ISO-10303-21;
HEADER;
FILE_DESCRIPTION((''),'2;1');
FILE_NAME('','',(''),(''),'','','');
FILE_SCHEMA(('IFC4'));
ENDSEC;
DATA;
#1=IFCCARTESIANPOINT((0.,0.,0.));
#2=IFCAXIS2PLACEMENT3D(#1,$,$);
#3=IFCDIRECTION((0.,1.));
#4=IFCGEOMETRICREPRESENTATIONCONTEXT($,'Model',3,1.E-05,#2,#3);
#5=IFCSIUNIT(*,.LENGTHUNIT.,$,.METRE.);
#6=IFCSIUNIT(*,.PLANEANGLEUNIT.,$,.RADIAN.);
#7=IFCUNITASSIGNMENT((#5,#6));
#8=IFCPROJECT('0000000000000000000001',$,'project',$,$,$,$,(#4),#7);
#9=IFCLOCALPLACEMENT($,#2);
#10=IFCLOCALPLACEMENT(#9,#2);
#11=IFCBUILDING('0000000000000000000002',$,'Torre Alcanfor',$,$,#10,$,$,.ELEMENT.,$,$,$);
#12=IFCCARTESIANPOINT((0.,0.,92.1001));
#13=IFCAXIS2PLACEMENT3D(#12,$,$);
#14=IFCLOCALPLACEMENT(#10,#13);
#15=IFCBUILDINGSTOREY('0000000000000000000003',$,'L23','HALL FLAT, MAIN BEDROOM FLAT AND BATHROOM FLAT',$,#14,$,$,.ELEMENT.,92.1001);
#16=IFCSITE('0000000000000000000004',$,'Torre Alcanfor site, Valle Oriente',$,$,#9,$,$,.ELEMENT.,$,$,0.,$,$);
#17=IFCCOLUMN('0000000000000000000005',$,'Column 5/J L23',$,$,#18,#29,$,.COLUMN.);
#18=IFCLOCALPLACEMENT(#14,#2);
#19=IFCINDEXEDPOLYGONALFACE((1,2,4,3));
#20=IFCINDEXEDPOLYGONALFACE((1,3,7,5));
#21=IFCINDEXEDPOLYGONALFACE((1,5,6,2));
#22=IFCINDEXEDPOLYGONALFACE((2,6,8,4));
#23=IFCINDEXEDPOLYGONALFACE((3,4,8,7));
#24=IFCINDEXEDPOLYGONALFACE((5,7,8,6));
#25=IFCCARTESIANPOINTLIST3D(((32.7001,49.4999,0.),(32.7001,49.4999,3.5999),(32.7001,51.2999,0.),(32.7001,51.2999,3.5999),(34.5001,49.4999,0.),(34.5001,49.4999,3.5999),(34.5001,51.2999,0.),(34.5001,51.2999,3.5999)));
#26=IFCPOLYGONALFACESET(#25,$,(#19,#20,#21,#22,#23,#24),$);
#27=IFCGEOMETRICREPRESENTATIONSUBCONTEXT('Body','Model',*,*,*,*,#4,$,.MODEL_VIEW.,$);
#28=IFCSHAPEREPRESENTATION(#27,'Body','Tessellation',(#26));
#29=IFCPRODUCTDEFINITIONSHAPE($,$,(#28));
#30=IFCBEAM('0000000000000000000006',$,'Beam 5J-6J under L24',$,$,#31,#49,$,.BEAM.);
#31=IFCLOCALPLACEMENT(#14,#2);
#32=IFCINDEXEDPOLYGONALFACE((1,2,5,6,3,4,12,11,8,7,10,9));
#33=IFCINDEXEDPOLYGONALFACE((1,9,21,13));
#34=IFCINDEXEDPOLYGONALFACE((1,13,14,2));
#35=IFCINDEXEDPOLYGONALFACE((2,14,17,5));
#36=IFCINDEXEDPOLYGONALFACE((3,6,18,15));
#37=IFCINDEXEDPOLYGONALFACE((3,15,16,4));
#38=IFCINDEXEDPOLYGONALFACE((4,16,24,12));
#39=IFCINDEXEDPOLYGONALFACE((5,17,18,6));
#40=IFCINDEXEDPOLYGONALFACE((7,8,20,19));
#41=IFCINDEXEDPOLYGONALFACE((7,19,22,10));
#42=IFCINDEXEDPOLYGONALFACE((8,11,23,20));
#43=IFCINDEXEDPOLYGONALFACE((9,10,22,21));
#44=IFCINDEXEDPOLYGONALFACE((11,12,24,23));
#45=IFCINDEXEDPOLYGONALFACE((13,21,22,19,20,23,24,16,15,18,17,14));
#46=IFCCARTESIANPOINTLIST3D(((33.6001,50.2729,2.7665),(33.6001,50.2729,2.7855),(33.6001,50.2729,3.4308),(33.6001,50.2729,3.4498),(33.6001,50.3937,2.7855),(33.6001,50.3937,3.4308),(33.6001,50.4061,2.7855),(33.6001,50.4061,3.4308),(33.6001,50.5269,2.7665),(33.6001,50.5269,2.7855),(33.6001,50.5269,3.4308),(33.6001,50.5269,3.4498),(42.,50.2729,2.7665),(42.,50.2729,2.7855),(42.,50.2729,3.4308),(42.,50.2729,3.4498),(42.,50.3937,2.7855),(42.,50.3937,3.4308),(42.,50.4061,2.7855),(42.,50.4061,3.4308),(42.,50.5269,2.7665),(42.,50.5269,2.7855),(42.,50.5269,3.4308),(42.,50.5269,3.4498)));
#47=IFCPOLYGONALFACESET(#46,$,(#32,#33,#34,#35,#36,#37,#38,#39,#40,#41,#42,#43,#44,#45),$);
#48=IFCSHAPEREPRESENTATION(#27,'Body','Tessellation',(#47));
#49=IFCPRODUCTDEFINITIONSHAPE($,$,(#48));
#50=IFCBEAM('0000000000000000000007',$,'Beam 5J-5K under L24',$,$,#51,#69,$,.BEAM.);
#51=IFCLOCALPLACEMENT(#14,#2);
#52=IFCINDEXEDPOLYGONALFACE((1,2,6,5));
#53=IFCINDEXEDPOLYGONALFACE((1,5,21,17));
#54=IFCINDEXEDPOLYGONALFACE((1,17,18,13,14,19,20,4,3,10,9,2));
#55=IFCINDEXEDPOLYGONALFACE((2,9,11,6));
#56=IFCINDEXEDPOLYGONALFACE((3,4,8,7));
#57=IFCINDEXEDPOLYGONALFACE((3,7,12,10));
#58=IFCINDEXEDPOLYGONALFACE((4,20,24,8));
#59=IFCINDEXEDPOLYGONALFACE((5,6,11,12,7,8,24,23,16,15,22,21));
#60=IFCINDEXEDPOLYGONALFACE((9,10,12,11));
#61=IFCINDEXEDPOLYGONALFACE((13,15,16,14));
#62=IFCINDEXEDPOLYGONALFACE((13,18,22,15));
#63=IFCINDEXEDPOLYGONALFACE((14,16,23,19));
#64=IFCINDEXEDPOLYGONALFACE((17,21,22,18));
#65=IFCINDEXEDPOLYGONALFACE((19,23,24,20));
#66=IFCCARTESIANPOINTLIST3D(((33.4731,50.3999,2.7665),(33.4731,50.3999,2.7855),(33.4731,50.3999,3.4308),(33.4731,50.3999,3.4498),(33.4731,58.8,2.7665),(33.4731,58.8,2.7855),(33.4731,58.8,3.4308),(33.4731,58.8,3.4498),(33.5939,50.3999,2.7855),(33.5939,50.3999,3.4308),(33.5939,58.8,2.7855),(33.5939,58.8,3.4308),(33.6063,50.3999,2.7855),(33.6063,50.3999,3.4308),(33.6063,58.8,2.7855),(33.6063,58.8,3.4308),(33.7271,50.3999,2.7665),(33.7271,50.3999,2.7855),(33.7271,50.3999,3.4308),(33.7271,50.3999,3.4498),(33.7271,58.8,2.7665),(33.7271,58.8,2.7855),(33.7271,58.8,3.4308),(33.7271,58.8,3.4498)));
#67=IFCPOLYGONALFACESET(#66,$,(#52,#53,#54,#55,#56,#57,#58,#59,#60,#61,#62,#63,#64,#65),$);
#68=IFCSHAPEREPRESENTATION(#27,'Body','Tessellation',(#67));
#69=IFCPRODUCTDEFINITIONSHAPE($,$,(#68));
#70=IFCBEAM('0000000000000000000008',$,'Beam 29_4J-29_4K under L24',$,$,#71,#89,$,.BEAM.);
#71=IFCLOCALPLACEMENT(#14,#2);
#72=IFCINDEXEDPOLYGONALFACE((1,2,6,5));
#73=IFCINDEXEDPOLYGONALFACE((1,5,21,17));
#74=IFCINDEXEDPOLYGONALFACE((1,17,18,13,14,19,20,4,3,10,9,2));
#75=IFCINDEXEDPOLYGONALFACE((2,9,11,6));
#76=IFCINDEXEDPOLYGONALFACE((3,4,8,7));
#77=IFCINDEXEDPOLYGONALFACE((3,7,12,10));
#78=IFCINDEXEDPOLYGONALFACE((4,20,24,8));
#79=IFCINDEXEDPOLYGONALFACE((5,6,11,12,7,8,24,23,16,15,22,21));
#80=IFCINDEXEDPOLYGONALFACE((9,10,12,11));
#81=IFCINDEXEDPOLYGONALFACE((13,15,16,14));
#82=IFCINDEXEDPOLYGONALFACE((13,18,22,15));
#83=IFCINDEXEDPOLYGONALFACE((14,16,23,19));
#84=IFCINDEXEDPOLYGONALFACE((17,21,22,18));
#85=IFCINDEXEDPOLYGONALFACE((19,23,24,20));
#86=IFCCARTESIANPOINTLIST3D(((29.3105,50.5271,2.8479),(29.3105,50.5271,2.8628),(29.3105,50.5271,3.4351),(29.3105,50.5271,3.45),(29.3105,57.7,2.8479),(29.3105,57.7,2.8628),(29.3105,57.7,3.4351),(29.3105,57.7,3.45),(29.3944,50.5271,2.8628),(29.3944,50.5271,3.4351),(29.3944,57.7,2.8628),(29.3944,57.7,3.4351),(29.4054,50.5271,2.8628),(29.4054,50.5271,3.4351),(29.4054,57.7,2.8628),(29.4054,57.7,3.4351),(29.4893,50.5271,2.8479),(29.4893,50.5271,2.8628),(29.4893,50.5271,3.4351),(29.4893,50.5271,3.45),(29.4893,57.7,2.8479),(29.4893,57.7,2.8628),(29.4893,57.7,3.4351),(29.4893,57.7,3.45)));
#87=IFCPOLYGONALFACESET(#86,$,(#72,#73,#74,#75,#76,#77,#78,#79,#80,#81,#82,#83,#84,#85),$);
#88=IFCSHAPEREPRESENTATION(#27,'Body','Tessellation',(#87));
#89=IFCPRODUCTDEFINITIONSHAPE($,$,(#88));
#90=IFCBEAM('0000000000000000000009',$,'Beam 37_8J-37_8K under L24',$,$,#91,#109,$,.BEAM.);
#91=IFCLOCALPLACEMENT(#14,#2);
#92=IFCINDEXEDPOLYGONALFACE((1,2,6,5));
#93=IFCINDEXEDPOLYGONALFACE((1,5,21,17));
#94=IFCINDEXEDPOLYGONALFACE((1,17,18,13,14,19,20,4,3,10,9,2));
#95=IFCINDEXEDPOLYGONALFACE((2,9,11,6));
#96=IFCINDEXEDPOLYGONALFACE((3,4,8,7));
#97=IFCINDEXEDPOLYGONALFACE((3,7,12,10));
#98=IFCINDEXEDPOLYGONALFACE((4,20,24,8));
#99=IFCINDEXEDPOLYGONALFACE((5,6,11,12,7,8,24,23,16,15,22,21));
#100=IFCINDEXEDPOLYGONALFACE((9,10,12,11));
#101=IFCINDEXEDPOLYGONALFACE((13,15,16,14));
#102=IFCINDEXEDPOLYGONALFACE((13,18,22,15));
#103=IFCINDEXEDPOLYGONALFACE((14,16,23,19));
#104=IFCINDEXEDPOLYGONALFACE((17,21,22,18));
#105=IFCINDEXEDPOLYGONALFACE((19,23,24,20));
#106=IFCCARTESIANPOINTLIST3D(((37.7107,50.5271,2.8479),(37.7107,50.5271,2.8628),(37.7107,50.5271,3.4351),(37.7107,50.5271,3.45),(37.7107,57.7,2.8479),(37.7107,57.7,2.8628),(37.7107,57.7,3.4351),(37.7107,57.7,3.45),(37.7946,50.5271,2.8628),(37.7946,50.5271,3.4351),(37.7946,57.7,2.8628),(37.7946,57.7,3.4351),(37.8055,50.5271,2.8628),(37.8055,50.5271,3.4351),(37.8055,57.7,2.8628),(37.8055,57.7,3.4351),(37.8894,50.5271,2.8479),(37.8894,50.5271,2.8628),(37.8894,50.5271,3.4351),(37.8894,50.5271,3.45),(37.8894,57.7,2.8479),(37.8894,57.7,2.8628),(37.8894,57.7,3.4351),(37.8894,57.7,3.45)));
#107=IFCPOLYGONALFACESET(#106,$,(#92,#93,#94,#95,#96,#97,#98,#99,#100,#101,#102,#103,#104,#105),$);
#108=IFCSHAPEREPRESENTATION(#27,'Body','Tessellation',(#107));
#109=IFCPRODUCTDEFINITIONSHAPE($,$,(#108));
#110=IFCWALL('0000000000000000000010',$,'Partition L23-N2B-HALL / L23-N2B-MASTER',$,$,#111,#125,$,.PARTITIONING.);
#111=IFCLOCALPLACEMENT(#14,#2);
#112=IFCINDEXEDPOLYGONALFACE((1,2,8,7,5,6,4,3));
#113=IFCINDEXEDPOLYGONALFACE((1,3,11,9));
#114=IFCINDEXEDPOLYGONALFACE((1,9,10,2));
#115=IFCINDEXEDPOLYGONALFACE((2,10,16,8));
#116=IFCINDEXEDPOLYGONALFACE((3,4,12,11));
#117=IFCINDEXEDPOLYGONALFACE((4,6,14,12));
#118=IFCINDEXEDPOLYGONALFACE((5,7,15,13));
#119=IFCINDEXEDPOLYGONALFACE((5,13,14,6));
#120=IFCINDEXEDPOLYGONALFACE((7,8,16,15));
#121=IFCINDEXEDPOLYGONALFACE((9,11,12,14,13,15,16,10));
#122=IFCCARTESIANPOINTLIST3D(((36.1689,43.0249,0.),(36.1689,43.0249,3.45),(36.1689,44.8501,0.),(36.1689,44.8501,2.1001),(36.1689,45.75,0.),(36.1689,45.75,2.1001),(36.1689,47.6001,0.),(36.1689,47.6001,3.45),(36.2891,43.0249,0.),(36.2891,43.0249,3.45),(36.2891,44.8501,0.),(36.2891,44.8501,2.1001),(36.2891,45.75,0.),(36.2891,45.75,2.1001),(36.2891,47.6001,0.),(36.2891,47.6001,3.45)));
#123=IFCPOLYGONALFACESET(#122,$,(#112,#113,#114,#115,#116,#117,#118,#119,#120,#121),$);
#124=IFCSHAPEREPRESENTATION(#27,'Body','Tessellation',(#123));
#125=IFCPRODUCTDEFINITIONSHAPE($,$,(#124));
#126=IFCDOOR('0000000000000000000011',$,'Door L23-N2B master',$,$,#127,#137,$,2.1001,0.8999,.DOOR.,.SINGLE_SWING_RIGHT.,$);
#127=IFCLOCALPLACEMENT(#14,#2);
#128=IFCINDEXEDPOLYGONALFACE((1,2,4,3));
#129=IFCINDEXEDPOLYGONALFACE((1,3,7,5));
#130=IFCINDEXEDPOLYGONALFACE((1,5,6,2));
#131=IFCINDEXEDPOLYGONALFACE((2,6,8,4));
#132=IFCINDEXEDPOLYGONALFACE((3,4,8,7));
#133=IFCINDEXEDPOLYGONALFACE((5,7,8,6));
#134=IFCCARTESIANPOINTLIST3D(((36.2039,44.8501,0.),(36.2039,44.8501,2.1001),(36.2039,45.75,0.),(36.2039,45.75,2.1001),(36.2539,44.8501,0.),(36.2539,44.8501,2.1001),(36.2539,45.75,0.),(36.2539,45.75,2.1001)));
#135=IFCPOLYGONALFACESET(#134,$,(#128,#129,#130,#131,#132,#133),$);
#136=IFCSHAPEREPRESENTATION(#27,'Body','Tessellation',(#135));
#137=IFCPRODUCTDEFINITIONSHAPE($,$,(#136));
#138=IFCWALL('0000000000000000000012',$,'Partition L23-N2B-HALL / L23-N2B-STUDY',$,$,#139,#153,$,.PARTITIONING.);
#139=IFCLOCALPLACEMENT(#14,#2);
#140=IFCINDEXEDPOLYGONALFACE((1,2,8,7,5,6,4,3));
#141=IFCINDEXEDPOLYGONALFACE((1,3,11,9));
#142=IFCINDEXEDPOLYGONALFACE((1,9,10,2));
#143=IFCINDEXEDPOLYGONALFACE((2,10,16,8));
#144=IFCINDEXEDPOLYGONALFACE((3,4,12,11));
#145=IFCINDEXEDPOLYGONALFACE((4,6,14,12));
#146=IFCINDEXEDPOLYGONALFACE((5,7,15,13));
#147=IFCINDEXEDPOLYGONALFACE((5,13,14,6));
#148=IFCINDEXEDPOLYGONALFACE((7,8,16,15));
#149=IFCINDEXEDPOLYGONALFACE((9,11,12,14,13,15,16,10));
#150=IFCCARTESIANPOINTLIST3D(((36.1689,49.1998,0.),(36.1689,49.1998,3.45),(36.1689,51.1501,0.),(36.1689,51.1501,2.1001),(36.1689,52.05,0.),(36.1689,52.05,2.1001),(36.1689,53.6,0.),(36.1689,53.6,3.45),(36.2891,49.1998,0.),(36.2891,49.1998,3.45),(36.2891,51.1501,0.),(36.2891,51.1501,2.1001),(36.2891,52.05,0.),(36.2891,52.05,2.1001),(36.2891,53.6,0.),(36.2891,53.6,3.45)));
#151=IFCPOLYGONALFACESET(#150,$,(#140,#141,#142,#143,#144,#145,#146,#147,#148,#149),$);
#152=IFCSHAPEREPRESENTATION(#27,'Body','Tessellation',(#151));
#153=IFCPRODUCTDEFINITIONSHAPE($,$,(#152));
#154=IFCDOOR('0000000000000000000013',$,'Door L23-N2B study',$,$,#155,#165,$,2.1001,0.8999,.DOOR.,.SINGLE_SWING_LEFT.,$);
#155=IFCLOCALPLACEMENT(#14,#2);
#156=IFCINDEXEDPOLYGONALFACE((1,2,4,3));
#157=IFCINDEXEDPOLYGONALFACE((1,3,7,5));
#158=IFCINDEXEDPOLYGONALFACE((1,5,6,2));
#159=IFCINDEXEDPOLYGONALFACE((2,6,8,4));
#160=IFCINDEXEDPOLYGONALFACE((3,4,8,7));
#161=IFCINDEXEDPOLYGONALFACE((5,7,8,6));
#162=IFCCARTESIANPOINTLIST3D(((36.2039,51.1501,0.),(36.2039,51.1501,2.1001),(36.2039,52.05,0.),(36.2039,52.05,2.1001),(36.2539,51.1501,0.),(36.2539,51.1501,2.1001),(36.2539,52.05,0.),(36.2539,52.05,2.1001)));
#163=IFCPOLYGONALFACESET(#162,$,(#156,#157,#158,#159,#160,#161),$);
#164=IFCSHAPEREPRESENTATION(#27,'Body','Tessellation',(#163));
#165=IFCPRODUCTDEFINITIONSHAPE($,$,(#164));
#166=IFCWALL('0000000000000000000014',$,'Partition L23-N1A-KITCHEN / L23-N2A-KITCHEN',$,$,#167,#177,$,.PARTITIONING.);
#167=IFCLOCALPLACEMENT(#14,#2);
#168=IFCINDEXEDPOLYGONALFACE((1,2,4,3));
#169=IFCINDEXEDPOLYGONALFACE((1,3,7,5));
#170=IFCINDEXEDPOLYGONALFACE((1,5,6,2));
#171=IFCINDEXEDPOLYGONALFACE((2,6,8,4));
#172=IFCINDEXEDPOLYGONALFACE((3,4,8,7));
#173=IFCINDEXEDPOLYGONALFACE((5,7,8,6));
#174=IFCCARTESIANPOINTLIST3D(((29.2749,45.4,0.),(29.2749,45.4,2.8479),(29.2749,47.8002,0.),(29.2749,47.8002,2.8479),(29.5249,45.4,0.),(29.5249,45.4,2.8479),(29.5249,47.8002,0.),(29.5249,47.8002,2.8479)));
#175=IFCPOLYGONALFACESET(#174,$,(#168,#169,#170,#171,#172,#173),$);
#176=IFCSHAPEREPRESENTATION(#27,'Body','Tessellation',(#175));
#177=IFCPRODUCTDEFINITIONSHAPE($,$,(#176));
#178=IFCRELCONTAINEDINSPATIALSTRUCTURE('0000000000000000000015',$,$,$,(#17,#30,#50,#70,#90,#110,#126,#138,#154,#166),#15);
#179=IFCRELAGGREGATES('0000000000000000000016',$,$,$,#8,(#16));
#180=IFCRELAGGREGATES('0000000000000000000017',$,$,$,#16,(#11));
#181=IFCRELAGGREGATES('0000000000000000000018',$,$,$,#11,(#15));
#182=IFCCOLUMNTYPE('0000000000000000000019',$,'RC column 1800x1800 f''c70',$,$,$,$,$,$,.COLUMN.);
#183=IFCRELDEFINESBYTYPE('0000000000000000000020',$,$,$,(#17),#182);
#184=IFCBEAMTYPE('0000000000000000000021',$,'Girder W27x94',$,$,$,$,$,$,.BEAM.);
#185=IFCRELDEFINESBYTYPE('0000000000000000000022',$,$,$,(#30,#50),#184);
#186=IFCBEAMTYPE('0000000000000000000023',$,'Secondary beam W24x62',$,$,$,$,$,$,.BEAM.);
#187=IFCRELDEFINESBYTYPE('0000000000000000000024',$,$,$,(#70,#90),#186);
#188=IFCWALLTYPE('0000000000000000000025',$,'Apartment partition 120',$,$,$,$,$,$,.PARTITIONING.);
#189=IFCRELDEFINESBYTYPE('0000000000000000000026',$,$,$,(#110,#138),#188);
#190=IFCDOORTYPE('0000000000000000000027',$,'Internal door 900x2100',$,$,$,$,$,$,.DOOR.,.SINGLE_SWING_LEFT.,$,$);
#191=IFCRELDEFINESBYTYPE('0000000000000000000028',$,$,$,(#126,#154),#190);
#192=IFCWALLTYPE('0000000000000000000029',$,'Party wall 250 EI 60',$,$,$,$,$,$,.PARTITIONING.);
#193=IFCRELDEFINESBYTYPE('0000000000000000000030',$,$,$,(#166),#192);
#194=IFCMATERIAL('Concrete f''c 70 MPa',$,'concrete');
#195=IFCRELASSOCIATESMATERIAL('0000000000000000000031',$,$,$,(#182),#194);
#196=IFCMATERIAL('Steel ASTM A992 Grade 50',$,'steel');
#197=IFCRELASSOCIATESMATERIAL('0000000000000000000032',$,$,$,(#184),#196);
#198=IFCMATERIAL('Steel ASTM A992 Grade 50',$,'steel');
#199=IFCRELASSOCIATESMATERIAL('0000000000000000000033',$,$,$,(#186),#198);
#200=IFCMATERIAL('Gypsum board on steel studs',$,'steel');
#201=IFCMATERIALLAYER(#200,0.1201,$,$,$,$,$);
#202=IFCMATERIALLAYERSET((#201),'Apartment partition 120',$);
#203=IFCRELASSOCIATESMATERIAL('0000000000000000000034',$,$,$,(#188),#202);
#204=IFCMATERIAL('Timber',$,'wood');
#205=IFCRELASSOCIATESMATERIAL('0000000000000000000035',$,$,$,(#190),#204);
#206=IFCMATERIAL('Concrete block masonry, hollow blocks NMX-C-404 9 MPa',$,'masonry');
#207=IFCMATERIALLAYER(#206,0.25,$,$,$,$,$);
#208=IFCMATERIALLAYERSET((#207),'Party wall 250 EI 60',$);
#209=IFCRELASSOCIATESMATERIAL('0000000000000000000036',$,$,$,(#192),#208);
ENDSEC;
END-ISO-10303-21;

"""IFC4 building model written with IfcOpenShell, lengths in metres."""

from ifc_helpers import new_model, si_unit, direction, frame, frame_2d, origin, origin_2d, place, context, subcontext, project, spatial, rectangle, i_section, extrude, material, layer, layer_set, material_profile, profile_set, type_object, element, fill, save


model = new_model("IFC4")

# Units and contexts
model_context = context("Model", 3, precision=1e-05, world=origin(), true_north=direction((0.0, 1.0)))
body_context = subcontext(model_context, "Body", "Model", "MODEL_VIEW")
ifc_project = project(units=[si_unit("LENGTHUNIT", "METRE"), si_unit("PLANEANGLEUNIT", "RADIAN")], contexts=[model_context])

# Site, building, storey
site_placement = place(None, origin())
site = spatial("IfcSite", under=ifc_project, at=site_placement, Name="Torre Alcanfor site, Valle Oriente", CompositionType="ELEMENT", RefElevation=0.0)
building_placement = place(site_placement, origin())
building = spatial("IfcBuilding", under=site, at=building_placement, Name="Torre Alcanfor", CompositionType="ELEMENT")
storey_placement = place(building_placement, frame((0.0, 0.0, 92.1001)))
storey = spatial("IfcBuildingStorey", under=building, at=storey_placement, Name="L23", Description="HALL FLAT, MAIN BEDROOM FLAT AND BATHROOM FLAT", CompositionType="ELEMENT", Elevation=92.1001)

# Column
ifc_material_1 = material(Name="Concrete f'c 70 MPa", Category="concrete")
ifc_material_profile_1 = material_profile(ifc_material_1, rectangle(XDim=1.8, YDim=1.8, at=origin_2d()), Name="1800x1800")
ifc_profile_set_1 = profile_set([ifc_material_profile_1], Name="Concrete f'c 70 MPa")
column_type = type_object("IfcColumnType", Name="RC column 1800x1800 f'c70", PredefinedType="COLUMN", material=ifc_profile_set_1)
column_placement = place(storey_placement, frame((33.6001, 50.3999, 0.0), z_axis=(0.0, 0.0, 1.0), x_axis=(1.0, 0.0, 0.0)))
element("IfcColumn", 1, at=column_placement, inside=storey, type_object=column_type, Name="Column 5/J L23", PredefinedType="COLUMN", context=body_context, shape_type="SweptSolid", body=[
    extrude(rectangle(XDim=1.8, YDim=1.8, at=origin_2d()), origin(), (0.0, 0.0, 1.0), 3.5999),
])

# Beams
ifc_material_2 = material(Name="Steel ASTM A992 Grade 50", Category="steel")
ifc_material_profile_2 = material_profile(ifc_material_2, i_section(OverallWidth=0.2539, OverallDepth=0.6833, WebThickness=0.0125, FlangeThickness=0.019, at=origin_2d()), Name="W27x94")
ifc_profile_set_2 = profile_set([ifc_material_profile_2], Name="Steel ASTM A992 Grade 50")
beam_type_1 = type_object("IfcBeamType", Name="Girder W27x94", PredefinedType="BEAM", material=ifc_profile_set_2)
beam_1_placement = place(storey_placement, frame((33.6001, 50.3999, 3.1082), z_axis=(1.0, 0.0, 0.0), x_axis=(0.0, 1.0, 0.0)))
element("IfcBeam", 2, at=beam_1_placement, inside=storey, type_object=beam_type_1, Name="Beam 5J-6J under L24", PredefinedType="BEAM", context=body_context, shape_type="SweptSolid", body=[
    extrude(i_section(OverallWidth=0.2539, OverallDepth=0.6833, WebThickness=0.0125, FlangeThickness=0.019, at=origin_2d()), origin(), (0.0, 0.0, 1.0), 8.3999),
])
beam_2_placement = place(storey_placement, frame((33.6001, 50.3999, 3.1082), z_axis=(0.0, 1.0, 0.0), x_axis=(-1.0, 0.0, 0.0)))
element("IfcBeam", 3, at=beam_2_placement, inside=storey, type_object=beam_type_1, Name="Beam 5J-5K under L24", PredefinedType="BEAM", context=body_context, shape_type="SweptSolid", body=[
    extrude(i_section(OverallWidth=0.2539, OverallDepth=0.6833, WebThickness=0.0125, FlangeThickness=0.019, at=origin_2d()), origin(), (0.0, 0.0, 1.0), 8.4001),
])
ifc_material_3 = material(Name="Steel ASTM A992 Grade 50", Category="steel")
ifc_material_profile_3 = material_profile(ifc_material_3, i_section(OverallWidth=0.1787, OverallDepth=0.6021, WebThickness=0.011, FlangeThickness=0.0149, at=origin_2d()), Name="W24x62")
ifc_profile_set_3 = profile_set([ifc_material_profile_3], Name="Steel ASTM A992 Grade 50")
beam_type_2 = type_object("IfcBeamType", Name="Secondary beam W24x62", PredefinedType="BEAM", material=ifc_profile_set_3)
for number, where, z_axis, x_axis, name in (
    (4, (29.3999, 50.5271, 3.1489), (0.0, 1.0, 0.0), (-1.0, 0.0, 0.0), "Beam 29_4J-29_4K under L24"),
    (5, (37.8, 50.5271, 3.1489), (0.0, 1.0, 0.0), (-1.0, 0.0, 0.0), "Beam 37_8J-37_8K under L24"),
):
    element("IfcBeam", number, at=place(storey_placement, frame(where, z_axis=z_axis, x_axis=x_axis)), inside=storey, type_object=beam_type_2, Name=name, PredefinedType="BEAM", context=body_context, shape_type="SweptSolid", body=[
        extrude(i_section(OverallWidth=0.1787, OverallDepth=0.6021, WebThickness=0.011, FlangeThickness=0.0149, at=origin_2d()), origin(), (0.0, 0.0, 1.0), 7.1729),
    ])

# Walls, openings, doors
ifc_material_4 = material(Name="Gypsum board on steel studs", Category="steel")
ifc_layer_1 = layer(ifc_material_4, 0.1201)
ifc_layer_set_1 = layer_set([ifc_layer_1], Name="Apartment partition 120")
wall_type_1 = type_object("IfcWallType", Name="Apartment partition 120", PredefinedType="PARTITIONING", material=ifc_layer_set_1)
wall_1_placement = place(storey_placement, frame((36.229, 47.6001, 0.0), z_axis=(0.0, 0.0, 1.0), x_axis=(0.0, -1.0, 0.0)))
wall_1 = element("IfcWall", 6, at=wall_1_placement, inside=storey, type_object=wall_type_1, Name="Partition L23-N2B-HALL / L23-N2B-MASTER", PredefinedType="PARTITIONING", context=body_context, shape_type="SweptSolid", body=[
    extrude(rectangle(XDim=4.5752, YDim=0.1201, at=frame_2d((2.2876, 0.0))), origin(), (0.0, 0.0, 1.0), 3.45),
])
opening_1_placement = place(wall_1_placement, frame((1.8501, 0.0, 0.0)))
opening_1 = element("IfcOpeningElement", 7, at=opening_1_placement, cuts=wall_1, PredefinedType="OPENING", context=body_context, shape_type="SweptSolid", body=[
    extrude(rectangle(XDim=0.8999, YDim=2.1001, at=frame_2d((0.45, 1.05))), frame((0.0, 0.0701, 0.0), z_axis=(0.0, -1.0, 0.0), x_axis=(1.0, 0.0, 0.0)), (0.0, 0.0, 1.0), 0.1401),
])
ifc_material_5 = material(Name="Timber", Category="wood")
door_type_1 = type_object("IfcDoorType", Name="Internal door 900x2100", OperationType="SINGLE_SWING_LEFT", PredefinedType="DOOR", material=ifc_material_5)
door_1_placement = place(opening_1_placement, origin())
door_1 = element("IfcDoor", 8, at=door_1_placement, inside=storey, type_object=door_type_1, Name="Door L23-N2B master", OperationType="SINGLE_SWING_RIGHT", OverallHeight=2.1001, OverallWidth=0.8999, PredefinedType="DOOR", context=body_context, shape_type="SweptSolid", body=[
    extrude(rectangle(XDim=0.8999, YDim=2.1001, at=frame_2d((0.45, 1.05))), frame((0.0, 0.0249, 0.0), z_axis=(0.0, -1.0, 0.0), x_axis=(1.0, 0.0, 0.0)), (0.0, 0.0, 1.0), 0.05),
])
fill(opening_1, door_1)
wall_2_placement = place(storey_placement, frame((36.229, 53.6001, 0.0), z_axis=(0.0, 0.0, 1.0), x_axis=(0.0, -1.0, 0.0)))
wall_2 = element("IfcWall", 9, at=wall_2_placement, inside=storey, type_object=wall_type_1, Name="Partition L23-N2B-HALL / L23-N2B-STUDY", PredefinedType="PARTITIONING", context=body_context, shape_type="SweptSolid", body=[
    extrude(rectangle(XDim=4.4001, YDim=0.1201, at=frame_2d((2.2002, 0.0))), origin(), (0.0, 0.0, 1.0), 3.45),
])
opening_2_placement = place(wall_2_placement, frame((1.55, 0.0, 0.0)))
opening_2 = element("IfcOpeningElement", 10, at=opening_2_placement, cuts=wall_2, PredefinedType="OPENING", context=body_context, shape_type="SweptSolid", body=[
    extrude(rectangle(XDim=0.8999, YDim=2.1001, at=frame_2d((0.45, 1.05))), frame((0.0, 0.0701, 0.0), z_axis=(0.0, -1.0, 0.0), x_axis=(1.0, 0.0, 0.0)), (0.0, 0.0, 1.0), 0.1401),
])
door_2_placement = place(opening_2_placement, origin())
door_2 = element("IfcDoor", 11, at=door_2_placement, inside=storey, type_object=door_type_1, Name="Door L23-N2B study", OperationType="SINGLE_SWING_LEFT", OverallHeight=2.1001, OverallWidth=0.8999, PredefinedType="DOOR", context=body_context, shape_type="SweptSolid", body=[
    extrude(rectangle(XDim=0.8999, YDim=2.1001, at=frame_2d((0.45, 1.05))), frame((0.0, 0.0249, 0.0), z_axis=(0.0, -1.0, 0.0), x_axis=(1.0, 0.0, 0.0)), (0.0, 0.0, 1.0), 0.05),
])
fill(opening_2, door_2)

# Wall
ifc_material_6 = material(Name="Concrete block masonry, hollow blocks NMX-C-404 9 MPa", Category="masonry")
ifc_layer_2 = layer(ifc_material_6, 0.25)
ifc_layer_set_2 = layer_set([ifc_layer_2], Name="Party wall 250 EI 60")
wall_type_2 = type_object("IfcWallType", Name="Party wall 250 EI 60", PredefinedType="PARTITIONING", material=ifc_layer_set_2)
wall_3_placement = place(storey_placement, frame((29.3999, 45.3999, 0.0), z_axis=(0.0, 0.0, 1.0), x_axis=(0.0, 1.0, 0.0)))
element("IfcWall", 12, at=wall_3_placement, inside=storey, type_object=wall_type_2, Name="Partition L23-N1A-KITCHEN / L23-N2A-KITCHEN", PredefinedType="PARTITIONING", context=body_context, shape_type="SweptSolid", body=[
    extrude(rectangle(XDim=2.4001, YDim=0.25, at=frame_2d((1.2002, 0.0))), origin(), (0.0, 0.0, 1.0), 2.8479),
])

save(model, "model.ifc")
